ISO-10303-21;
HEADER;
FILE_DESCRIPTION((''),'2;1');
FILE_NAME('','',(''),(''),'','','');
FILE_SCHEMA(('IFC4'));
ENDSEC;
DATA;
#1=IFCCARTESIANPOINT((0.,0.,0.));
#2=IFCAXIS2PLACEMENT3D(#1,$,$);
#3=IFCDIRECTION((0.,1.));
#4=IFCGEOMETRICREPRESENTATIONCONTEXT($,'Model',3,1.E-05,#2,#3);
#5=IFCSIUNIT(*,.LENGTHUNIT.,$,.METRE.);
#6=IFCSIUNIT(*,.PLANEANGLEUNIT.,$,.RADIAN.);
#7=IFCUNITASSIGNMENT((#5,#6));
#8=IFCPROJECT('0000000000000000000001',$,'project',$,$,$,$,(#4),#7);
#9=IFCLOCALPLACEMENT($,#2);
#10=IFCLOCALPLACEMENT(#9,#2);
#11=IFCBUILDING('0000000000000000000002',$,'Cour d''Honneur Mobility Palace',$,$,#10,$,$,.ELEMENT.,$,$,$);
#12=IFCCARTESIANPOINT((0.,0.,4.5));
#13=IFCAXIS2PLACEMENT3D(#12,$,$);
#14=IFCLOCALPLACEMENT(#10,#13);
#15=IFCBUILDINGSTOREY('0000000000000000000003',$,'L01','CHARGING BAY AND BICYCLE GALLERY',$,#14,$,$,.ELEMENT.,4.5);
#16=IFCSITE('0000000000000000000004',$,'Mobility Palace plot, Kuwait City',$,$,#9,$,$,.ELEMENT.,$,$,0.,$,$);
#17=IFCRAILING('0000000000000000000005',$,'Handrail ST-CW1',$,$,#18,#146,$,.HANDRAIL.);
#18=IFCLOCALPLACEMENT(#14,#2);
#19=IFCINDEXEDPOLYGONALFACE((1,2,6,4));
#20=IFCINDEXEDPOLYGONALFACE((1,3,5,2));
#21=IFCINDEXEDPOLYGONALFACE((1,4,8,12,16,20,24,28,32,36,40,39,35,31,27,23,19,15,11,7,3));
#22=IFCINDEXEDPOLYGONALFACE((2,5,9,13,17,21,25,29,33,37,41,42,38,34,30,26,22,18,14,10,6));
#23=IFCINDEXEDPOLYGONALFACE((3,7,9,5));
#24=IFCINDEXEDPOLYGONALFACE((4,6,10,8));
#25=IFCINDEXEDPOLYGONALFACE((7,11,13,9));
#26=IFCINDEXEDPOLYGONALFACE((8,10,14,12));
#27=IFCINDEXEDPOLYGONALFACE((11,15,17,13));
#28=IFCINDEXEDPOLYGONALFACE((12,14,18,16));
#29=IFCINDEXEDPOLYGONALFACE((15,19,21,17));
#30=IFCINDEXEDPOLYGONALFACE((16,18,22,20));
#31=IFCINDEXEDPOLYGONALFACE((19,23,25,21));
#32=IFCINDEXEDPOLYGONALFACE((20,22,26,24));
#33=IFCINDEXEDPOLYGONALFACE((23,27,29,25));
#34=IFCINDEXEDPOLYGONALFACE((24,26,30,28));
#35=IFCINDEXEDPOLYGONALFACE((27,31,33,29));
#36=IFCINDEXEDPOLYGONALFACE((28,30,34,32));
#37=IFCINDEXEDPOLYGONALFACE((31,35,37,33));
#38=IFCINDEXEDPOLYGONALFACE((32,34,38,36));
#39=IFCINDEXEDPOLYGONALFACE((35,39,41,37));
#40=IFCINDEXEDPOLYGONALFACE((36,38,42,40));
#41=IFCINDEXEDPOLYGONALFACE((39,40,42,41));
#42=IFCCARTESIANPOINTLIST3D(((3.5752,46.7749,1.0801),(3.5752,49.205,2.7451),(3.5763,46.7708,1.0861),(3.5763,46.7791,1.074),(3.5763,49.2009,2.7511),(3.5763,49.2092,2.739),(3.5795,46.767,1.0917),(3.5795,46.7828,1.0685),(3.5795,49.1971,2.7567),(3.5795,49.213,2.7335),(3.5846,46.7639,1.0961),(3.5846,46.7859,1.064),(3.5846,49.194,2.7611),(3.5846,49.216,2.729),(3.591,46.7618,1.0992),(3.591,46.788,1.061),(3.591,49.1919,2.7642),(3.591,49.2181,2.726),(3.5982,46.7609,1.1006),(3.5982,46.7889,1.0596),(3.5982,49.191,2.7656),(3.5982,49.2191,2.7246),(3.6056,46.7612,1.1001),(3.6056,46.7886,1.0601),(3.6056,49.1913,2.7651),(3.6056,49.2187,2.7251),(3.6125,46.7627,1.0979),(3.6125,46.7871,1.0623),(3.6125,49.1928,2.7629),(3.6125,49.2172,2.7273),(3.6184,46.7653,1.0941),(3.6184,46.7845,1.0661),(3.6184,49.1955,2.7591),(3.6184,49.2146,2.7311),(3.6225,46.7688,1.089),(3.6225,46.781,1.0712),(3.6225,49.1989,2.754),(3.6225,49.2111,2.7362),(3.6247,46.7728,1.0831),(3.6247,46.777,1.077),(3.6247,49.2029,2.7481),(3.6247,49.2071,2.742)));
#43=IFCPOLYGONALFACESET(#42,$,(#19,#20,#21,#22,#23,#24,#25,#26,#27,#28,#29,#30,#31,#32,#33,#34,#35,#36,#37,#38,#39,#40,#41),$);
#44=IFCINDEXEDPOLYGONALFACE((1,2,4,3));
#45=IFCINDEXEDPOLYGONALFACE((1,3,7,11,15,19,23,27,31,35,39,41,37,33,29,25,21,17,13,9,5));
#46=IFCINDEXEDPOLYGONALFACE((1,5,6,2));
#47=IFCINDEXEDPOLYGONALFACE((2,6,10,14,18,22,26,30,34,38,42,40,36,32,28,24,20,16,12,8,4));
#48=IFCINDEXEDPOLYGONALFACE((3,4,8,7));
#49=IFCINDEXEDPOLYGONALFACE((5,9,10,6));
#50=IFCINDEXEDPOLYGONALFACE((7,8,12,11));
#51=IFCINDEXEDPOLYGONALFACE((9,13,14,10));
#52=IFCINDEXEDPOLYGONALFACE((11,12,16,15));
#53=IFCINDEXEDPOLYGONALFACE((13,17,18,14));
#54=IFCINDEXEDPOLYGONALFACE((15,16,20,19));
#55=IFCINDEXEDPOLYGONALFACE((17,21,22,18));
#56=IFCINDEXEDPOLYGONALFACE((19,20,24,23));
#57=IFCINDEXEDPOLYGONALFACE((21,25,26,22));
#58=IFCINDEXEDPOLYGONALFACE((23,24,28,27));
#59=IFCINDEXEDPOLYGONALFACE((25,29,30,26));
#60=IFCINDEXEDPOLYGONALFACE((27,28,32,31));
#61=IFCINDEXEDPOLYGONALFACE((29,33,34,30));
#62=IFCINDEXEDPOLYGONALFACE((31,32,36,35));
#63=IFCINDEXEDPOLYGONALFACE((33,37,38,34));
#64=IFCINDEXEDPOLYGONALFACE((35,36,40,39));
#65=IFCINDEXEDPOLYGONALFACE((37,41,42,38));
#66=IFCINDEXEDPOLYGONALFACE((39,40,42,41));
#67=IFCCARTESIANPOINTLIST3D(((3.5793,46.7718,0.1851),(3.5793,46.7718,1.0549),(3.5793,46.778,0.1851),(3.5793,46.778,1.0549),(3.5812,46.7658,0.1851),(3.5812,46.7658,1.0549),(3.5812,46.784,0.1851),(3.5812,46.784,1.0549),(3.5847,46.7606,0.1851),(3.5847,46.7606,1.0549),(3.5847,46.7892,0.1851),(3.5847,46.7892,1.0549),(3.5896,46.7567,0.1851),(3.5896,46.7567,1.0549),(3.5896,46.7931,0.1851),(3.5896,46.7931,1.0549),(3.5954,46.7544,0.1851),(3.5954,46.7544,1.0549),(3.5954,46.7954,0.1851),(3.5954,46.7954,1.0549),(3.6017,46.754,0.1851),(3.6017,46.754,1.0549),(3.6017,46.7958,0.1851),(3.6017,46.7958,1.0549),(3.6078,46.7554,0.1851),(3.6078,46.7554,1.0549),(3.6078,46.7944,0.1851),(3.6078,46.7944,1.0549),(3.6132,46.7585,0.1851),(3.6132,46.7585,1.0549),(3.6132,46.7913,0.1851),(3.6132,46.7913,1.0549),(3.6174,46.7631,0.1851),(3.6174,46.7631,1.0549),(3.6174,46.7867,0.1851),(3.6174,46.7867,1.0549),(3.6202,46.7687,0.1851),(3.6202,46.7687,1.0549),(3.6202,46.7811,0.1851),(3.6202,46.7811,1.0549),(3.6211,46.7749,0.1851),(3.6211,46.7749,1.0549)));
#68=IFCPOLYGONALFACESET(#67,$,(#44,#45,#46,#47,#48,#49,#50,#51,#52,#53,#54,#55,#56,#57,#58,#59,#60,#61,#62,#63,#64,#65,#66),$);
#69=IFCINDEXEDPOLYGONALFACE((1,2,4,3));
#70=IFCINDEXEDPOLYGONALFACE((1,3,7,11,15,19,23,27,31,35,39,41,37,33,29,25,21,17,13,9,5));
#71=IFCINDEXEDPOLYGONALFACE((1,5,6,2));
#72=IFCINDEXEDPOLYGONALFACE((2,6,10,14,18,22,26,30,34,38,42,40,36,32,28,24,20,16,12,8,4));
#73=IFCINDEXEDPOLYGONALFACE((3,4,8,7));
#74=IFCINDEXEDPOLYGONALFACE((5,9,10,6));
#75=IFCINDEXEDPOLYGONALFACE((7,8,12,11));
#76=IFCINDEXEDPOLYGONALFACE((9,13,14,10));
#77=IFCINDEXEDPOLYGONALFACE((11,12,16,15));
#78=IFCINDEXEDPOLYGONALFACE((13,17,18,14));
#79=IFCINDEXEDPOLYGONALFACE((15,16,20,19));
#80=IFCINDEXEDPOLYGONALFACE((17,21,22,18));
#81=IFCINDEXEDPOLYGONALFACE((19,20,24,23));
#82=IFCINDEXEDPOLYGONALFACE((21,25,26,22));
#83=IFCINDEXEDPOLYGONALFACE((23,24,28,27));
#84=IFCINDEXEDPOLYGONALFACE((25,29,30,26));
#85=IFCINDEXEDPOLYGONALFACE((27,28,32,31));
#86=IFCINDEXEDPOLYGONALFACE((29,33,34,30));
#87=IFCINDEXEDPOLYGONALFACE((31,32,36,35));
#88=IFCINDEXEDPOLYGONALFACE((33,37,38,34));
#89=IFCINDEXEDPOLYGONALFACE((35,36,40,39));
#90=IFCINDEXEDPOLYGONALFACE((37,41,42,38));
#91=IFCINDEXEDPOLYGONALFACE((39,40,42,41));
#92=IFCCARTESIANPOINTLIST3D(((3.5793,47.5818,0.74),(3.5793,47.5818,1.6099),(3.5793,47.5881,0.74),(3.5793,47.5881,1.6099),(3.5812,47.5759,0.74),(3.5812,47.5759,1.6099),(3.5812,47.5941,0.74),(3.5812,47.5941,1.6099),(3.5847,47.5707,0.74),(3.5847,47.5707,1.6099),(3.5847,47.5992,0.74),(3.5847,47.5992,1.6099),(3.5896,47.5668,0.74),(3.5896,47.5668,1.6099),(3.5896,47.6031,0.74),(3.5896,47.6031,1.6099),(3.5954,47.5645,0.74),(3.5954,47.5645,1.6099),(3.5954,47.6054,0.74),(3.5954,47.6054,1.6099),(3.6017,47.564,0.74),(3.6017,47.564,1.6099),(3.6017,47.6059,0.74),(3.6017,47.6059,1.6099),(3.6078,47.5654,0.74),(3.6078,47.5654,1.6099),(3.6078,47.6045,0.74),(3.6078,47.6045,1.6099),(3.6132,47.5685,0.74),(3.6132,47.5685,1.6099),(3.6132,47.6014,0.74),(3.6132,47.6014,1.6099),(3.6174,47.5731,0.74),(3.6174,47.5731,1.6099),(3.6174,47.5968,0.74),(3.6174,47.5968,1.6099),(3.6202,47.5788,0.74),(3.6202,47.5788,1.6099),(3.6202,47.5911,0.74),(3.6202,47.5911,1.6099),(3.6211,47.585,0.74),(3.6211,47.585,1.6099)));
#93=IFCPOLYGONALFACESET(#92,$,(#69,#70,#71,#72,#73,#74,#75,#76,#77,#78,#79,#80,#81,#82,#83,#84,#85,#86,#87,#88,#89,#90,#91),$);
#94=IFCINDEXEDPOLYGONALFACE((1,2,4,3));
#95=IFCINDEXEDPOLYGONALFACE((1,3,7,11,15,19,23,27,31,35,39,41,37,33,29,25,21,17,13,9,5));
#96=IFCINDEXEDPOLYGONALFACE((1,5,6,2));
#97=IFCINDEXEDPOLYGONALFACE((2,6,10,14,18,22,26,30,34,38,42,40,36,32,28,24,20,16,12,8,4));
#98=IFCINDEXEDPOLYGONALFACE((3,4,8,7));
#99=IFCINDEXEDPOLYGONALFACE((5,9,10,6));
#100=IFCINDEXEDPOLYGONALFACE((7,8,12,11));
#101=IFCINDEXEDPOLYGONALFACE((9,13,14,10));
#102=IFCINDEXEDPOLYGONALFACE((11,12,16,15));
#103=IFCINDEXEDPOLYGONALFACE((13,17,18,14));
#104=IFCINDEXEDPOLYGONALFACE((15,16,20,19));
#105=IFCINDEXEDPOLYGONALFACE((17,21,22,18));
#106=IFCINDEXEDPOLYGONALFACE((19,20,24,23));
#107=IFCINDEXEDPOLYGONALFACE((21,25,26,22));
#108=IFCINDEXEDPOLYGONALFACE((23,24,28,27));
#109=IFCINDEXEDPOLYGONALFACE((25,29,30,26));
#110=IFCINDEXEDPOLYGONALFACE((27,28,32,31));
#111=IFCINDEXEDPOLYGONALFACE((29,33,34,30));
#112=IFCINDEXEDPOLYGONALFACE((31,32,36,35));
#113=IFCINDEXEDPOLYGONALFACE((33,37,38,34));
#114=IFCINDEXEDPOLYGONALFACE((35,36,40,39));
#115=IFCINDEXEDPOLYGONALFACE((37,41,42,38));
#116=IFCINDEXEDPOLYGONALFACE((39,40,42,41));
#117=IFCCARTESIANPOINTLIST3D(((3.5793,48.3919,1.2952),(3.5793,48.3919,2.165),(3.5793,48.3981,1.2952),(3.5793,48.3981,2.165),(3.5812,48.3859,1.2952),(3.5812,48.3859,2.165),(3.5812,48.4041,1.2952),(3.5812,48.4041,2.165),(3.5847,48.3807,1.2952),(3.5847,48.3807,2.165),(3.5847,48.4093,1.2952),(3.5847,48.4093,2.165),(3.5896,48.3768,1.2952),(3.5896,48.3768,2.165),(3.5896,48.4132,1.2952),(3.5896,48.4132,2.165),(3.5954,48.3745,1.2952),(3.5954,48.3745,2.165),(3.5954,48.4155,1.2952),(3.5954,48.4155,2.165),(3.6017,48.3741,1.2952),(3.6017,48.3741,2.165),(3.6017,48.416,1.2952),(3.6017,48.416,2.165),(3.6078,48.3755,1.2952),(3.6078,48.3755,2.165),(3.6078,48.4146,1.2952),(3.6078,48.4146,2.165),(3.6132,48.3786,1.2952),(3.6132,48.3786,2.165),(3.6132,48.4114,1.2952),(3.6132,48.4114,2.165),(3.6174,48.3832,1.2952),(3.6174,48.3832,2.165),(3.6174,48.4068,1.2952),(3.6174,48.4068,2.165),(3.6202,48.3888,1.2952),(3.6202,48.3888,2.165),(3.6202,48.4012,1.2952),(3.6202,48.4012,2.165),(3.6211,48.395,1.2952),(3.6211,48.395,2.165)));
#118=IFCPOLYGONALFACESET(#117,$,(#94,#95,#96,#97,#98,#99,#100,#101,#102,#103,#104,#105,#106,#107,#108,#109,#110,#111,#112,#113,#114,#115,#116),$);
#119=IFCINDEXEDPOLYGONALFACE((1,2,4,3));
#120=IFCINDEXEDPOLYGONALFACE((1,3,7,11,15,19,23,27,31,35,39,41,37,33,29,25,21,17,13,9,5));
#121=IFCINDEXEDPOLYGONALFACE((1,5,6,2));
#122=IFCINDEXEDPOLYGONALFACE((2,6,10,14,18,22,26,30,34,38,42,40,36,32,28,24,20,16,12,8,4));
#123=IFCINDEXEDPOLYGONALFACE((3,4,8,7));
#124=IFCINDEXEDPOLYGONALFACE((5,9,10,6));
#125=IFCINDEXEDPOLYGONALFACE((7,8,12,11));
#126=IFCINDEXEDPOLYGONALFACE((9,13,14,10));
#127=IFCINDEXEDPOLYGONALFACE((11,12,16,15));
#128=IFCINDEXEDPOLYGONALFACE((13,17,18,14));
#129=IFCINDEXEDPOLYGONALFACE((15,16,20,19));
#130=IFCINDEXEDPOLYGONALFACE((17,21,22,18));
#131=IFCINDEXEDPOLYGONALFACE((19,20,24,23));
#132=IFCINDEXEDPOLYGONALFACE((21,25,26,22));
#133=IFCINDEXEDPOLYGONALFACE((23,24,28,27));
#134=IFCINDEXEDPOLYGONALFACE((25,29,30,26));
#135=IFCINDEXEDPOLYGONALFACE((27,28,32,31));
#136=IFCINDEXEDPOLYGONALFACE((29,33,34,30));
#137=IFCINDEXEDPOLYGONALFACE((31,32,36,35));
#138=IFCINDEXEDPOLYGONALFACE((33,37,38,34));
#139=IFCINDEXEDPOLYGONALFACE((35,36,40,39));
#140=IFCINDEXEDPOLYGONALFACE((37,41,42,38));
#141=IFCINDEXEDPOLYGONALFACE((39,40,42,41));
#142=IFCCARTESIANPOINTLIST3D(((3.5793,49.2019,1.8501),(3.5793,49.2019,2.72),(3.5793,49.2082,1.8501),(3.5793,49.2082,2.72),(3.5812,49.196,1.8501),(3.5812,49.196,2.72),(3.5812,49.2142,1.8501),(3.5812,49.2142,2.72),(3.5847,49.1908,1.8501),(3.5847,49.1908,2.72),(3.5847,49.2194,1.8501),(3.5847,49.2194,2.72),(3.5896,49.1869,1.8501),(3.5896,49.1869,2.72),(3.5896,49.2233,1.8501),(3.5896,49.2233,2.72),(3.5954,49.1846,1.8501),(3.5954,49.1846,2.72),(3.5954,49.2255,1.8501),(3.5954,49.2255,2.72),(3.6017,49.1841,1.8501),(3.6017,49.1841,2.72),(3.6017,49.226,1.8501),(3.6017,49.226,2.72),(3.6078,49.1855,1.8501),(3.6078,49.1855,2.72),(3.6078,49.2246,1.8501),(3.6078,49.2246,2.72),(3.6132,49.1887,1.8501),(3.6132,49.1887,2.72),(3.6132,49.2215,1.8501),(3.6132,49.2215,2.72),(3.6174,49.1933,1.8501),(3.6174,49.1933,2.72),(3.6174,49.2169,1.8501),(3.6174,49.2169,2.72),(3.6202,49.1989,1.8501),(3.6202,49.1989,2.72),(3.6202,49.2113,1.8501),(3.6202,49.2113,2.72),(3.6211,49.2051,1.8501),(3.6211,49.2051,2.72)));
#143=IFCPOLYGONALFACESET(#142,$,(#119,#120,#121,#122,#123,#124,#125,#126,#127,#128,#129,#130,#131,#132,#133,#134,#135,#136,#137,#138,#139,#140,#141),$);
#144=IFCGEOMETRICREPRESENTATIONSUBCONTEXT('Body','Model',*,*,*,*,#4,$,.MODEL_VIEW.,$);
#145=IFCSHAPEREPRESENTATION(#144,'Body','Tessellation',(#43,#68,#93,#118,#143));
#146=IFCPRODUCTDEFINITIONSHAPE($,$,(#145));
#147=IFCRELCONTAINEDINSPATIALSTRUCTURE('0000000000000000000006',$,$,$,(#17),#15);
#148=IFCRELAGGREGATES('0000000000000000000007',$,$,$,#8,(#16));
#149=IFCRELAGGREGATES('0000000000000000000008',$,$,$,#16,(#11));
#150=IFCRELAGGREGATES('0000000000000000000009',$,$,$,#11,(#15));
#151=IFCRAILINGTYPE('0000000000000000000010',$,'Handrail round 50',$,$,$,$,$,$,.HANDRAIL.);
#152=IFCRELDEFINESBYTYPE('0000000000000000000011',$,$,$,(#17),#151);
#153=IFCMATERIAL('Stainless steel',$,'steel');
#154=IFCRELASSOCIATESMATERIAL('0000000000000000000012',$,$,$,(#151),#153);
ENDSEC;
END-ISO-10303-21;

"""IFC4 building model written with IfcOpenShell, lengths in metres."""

from ifc_helpers import new_model, si_unit, direction, frame, origin, origin_2d, place, context, subcontext, project, spatial, circle, extrude, material, type_object, element, save


model = new_model("IFC4")

# Units and contexts
model_context = context("Model", 3, precision=1e-05, world=origin(), true_north=direction((0.0, 1.0)))
body_context = subcontext(model_context, "Body", "Model", "MODEL_VIEW")
ifc_project = project(units=[si_unit("LENGTHUNIT", "METRE"), si_unit("PLANEANGLEUNIT", "RADIAN")], contexts=[model_context])

# Site, building, storey
site_placement = place(None, origin())
site = spatial("IfcSite", under=ifc_project, at=site_placement, Name="Mobility Palace plot, Kuwait City", CompositionType="ELEMENT", RefElevation=0.0)
building_placement = place(site_placement, origin())
building = spatial("IfcBuilding", under=site, at=building_placement, Name="Cour d'Honneur Mobility Palace", CompositionType="ELEMENT")
storey_placement = place(building_placement, frame((0.0, 0.0, 4.5)))
storey = spatial("IfcBuildingStorey", under=building, at=storey_placement, Name="L01", Description="CHARGING BAY AND BICYCLE GALLERY", CompositionType="ELEMENT", Elevation=4.5)

# Railing
ifc_material_1 = material(Name="Stainless steel", Category="steel")
railing_type_1 = type_object("IfcRailingType", Name="Handrail round 50", PredefinedType="HANDRAIL", material=ifc_material_1)
railing_1_placement = place(storey_placement, frame((3.6001, 46.7749, 0.1851)))
element("IfcRailing", 1, at=railing_1_placement, inside=storey, type_object=railing_type_1, Name="Handrail ST-CW1", PredefinedType="HANDRAIL", context=body_context, shape_type="SweptSolid", body=[
    extrude(circle(Radius=0.0249, at=origin_2d()), frame((0.0, 0.0, 0.895), z_axis=(0.0, 0.824945, 0.565213), x_axis=(-1.0, 0.0, 0.0)), (0.0, 0.0, 1.0), 2.9458),
    extrude(circle(Radius=0.021, at=origin_2d()), origin(), (0.0, 0.0, 1.0), 0.8699),
    extrude(circle(Radius=0.021, at=origin_2d()), frame((0.0, 0.8101, 0.5549)), (0.0, 0.0, 1.0), 0.8699),
    extrude(circle(Radius=0.021, at=origin_2d()), frame((0.0, 1.6201, 1.1101)), (0.0, 0.0, 1.0), 0.8699),
    extrude(circle(Radius=0.021, at=origin_2d()), frame((0.0, 2.4302, 1.665)), (0.0, 0.0, 1.0), 0.8699),
])

save(model, "model.ifc")
